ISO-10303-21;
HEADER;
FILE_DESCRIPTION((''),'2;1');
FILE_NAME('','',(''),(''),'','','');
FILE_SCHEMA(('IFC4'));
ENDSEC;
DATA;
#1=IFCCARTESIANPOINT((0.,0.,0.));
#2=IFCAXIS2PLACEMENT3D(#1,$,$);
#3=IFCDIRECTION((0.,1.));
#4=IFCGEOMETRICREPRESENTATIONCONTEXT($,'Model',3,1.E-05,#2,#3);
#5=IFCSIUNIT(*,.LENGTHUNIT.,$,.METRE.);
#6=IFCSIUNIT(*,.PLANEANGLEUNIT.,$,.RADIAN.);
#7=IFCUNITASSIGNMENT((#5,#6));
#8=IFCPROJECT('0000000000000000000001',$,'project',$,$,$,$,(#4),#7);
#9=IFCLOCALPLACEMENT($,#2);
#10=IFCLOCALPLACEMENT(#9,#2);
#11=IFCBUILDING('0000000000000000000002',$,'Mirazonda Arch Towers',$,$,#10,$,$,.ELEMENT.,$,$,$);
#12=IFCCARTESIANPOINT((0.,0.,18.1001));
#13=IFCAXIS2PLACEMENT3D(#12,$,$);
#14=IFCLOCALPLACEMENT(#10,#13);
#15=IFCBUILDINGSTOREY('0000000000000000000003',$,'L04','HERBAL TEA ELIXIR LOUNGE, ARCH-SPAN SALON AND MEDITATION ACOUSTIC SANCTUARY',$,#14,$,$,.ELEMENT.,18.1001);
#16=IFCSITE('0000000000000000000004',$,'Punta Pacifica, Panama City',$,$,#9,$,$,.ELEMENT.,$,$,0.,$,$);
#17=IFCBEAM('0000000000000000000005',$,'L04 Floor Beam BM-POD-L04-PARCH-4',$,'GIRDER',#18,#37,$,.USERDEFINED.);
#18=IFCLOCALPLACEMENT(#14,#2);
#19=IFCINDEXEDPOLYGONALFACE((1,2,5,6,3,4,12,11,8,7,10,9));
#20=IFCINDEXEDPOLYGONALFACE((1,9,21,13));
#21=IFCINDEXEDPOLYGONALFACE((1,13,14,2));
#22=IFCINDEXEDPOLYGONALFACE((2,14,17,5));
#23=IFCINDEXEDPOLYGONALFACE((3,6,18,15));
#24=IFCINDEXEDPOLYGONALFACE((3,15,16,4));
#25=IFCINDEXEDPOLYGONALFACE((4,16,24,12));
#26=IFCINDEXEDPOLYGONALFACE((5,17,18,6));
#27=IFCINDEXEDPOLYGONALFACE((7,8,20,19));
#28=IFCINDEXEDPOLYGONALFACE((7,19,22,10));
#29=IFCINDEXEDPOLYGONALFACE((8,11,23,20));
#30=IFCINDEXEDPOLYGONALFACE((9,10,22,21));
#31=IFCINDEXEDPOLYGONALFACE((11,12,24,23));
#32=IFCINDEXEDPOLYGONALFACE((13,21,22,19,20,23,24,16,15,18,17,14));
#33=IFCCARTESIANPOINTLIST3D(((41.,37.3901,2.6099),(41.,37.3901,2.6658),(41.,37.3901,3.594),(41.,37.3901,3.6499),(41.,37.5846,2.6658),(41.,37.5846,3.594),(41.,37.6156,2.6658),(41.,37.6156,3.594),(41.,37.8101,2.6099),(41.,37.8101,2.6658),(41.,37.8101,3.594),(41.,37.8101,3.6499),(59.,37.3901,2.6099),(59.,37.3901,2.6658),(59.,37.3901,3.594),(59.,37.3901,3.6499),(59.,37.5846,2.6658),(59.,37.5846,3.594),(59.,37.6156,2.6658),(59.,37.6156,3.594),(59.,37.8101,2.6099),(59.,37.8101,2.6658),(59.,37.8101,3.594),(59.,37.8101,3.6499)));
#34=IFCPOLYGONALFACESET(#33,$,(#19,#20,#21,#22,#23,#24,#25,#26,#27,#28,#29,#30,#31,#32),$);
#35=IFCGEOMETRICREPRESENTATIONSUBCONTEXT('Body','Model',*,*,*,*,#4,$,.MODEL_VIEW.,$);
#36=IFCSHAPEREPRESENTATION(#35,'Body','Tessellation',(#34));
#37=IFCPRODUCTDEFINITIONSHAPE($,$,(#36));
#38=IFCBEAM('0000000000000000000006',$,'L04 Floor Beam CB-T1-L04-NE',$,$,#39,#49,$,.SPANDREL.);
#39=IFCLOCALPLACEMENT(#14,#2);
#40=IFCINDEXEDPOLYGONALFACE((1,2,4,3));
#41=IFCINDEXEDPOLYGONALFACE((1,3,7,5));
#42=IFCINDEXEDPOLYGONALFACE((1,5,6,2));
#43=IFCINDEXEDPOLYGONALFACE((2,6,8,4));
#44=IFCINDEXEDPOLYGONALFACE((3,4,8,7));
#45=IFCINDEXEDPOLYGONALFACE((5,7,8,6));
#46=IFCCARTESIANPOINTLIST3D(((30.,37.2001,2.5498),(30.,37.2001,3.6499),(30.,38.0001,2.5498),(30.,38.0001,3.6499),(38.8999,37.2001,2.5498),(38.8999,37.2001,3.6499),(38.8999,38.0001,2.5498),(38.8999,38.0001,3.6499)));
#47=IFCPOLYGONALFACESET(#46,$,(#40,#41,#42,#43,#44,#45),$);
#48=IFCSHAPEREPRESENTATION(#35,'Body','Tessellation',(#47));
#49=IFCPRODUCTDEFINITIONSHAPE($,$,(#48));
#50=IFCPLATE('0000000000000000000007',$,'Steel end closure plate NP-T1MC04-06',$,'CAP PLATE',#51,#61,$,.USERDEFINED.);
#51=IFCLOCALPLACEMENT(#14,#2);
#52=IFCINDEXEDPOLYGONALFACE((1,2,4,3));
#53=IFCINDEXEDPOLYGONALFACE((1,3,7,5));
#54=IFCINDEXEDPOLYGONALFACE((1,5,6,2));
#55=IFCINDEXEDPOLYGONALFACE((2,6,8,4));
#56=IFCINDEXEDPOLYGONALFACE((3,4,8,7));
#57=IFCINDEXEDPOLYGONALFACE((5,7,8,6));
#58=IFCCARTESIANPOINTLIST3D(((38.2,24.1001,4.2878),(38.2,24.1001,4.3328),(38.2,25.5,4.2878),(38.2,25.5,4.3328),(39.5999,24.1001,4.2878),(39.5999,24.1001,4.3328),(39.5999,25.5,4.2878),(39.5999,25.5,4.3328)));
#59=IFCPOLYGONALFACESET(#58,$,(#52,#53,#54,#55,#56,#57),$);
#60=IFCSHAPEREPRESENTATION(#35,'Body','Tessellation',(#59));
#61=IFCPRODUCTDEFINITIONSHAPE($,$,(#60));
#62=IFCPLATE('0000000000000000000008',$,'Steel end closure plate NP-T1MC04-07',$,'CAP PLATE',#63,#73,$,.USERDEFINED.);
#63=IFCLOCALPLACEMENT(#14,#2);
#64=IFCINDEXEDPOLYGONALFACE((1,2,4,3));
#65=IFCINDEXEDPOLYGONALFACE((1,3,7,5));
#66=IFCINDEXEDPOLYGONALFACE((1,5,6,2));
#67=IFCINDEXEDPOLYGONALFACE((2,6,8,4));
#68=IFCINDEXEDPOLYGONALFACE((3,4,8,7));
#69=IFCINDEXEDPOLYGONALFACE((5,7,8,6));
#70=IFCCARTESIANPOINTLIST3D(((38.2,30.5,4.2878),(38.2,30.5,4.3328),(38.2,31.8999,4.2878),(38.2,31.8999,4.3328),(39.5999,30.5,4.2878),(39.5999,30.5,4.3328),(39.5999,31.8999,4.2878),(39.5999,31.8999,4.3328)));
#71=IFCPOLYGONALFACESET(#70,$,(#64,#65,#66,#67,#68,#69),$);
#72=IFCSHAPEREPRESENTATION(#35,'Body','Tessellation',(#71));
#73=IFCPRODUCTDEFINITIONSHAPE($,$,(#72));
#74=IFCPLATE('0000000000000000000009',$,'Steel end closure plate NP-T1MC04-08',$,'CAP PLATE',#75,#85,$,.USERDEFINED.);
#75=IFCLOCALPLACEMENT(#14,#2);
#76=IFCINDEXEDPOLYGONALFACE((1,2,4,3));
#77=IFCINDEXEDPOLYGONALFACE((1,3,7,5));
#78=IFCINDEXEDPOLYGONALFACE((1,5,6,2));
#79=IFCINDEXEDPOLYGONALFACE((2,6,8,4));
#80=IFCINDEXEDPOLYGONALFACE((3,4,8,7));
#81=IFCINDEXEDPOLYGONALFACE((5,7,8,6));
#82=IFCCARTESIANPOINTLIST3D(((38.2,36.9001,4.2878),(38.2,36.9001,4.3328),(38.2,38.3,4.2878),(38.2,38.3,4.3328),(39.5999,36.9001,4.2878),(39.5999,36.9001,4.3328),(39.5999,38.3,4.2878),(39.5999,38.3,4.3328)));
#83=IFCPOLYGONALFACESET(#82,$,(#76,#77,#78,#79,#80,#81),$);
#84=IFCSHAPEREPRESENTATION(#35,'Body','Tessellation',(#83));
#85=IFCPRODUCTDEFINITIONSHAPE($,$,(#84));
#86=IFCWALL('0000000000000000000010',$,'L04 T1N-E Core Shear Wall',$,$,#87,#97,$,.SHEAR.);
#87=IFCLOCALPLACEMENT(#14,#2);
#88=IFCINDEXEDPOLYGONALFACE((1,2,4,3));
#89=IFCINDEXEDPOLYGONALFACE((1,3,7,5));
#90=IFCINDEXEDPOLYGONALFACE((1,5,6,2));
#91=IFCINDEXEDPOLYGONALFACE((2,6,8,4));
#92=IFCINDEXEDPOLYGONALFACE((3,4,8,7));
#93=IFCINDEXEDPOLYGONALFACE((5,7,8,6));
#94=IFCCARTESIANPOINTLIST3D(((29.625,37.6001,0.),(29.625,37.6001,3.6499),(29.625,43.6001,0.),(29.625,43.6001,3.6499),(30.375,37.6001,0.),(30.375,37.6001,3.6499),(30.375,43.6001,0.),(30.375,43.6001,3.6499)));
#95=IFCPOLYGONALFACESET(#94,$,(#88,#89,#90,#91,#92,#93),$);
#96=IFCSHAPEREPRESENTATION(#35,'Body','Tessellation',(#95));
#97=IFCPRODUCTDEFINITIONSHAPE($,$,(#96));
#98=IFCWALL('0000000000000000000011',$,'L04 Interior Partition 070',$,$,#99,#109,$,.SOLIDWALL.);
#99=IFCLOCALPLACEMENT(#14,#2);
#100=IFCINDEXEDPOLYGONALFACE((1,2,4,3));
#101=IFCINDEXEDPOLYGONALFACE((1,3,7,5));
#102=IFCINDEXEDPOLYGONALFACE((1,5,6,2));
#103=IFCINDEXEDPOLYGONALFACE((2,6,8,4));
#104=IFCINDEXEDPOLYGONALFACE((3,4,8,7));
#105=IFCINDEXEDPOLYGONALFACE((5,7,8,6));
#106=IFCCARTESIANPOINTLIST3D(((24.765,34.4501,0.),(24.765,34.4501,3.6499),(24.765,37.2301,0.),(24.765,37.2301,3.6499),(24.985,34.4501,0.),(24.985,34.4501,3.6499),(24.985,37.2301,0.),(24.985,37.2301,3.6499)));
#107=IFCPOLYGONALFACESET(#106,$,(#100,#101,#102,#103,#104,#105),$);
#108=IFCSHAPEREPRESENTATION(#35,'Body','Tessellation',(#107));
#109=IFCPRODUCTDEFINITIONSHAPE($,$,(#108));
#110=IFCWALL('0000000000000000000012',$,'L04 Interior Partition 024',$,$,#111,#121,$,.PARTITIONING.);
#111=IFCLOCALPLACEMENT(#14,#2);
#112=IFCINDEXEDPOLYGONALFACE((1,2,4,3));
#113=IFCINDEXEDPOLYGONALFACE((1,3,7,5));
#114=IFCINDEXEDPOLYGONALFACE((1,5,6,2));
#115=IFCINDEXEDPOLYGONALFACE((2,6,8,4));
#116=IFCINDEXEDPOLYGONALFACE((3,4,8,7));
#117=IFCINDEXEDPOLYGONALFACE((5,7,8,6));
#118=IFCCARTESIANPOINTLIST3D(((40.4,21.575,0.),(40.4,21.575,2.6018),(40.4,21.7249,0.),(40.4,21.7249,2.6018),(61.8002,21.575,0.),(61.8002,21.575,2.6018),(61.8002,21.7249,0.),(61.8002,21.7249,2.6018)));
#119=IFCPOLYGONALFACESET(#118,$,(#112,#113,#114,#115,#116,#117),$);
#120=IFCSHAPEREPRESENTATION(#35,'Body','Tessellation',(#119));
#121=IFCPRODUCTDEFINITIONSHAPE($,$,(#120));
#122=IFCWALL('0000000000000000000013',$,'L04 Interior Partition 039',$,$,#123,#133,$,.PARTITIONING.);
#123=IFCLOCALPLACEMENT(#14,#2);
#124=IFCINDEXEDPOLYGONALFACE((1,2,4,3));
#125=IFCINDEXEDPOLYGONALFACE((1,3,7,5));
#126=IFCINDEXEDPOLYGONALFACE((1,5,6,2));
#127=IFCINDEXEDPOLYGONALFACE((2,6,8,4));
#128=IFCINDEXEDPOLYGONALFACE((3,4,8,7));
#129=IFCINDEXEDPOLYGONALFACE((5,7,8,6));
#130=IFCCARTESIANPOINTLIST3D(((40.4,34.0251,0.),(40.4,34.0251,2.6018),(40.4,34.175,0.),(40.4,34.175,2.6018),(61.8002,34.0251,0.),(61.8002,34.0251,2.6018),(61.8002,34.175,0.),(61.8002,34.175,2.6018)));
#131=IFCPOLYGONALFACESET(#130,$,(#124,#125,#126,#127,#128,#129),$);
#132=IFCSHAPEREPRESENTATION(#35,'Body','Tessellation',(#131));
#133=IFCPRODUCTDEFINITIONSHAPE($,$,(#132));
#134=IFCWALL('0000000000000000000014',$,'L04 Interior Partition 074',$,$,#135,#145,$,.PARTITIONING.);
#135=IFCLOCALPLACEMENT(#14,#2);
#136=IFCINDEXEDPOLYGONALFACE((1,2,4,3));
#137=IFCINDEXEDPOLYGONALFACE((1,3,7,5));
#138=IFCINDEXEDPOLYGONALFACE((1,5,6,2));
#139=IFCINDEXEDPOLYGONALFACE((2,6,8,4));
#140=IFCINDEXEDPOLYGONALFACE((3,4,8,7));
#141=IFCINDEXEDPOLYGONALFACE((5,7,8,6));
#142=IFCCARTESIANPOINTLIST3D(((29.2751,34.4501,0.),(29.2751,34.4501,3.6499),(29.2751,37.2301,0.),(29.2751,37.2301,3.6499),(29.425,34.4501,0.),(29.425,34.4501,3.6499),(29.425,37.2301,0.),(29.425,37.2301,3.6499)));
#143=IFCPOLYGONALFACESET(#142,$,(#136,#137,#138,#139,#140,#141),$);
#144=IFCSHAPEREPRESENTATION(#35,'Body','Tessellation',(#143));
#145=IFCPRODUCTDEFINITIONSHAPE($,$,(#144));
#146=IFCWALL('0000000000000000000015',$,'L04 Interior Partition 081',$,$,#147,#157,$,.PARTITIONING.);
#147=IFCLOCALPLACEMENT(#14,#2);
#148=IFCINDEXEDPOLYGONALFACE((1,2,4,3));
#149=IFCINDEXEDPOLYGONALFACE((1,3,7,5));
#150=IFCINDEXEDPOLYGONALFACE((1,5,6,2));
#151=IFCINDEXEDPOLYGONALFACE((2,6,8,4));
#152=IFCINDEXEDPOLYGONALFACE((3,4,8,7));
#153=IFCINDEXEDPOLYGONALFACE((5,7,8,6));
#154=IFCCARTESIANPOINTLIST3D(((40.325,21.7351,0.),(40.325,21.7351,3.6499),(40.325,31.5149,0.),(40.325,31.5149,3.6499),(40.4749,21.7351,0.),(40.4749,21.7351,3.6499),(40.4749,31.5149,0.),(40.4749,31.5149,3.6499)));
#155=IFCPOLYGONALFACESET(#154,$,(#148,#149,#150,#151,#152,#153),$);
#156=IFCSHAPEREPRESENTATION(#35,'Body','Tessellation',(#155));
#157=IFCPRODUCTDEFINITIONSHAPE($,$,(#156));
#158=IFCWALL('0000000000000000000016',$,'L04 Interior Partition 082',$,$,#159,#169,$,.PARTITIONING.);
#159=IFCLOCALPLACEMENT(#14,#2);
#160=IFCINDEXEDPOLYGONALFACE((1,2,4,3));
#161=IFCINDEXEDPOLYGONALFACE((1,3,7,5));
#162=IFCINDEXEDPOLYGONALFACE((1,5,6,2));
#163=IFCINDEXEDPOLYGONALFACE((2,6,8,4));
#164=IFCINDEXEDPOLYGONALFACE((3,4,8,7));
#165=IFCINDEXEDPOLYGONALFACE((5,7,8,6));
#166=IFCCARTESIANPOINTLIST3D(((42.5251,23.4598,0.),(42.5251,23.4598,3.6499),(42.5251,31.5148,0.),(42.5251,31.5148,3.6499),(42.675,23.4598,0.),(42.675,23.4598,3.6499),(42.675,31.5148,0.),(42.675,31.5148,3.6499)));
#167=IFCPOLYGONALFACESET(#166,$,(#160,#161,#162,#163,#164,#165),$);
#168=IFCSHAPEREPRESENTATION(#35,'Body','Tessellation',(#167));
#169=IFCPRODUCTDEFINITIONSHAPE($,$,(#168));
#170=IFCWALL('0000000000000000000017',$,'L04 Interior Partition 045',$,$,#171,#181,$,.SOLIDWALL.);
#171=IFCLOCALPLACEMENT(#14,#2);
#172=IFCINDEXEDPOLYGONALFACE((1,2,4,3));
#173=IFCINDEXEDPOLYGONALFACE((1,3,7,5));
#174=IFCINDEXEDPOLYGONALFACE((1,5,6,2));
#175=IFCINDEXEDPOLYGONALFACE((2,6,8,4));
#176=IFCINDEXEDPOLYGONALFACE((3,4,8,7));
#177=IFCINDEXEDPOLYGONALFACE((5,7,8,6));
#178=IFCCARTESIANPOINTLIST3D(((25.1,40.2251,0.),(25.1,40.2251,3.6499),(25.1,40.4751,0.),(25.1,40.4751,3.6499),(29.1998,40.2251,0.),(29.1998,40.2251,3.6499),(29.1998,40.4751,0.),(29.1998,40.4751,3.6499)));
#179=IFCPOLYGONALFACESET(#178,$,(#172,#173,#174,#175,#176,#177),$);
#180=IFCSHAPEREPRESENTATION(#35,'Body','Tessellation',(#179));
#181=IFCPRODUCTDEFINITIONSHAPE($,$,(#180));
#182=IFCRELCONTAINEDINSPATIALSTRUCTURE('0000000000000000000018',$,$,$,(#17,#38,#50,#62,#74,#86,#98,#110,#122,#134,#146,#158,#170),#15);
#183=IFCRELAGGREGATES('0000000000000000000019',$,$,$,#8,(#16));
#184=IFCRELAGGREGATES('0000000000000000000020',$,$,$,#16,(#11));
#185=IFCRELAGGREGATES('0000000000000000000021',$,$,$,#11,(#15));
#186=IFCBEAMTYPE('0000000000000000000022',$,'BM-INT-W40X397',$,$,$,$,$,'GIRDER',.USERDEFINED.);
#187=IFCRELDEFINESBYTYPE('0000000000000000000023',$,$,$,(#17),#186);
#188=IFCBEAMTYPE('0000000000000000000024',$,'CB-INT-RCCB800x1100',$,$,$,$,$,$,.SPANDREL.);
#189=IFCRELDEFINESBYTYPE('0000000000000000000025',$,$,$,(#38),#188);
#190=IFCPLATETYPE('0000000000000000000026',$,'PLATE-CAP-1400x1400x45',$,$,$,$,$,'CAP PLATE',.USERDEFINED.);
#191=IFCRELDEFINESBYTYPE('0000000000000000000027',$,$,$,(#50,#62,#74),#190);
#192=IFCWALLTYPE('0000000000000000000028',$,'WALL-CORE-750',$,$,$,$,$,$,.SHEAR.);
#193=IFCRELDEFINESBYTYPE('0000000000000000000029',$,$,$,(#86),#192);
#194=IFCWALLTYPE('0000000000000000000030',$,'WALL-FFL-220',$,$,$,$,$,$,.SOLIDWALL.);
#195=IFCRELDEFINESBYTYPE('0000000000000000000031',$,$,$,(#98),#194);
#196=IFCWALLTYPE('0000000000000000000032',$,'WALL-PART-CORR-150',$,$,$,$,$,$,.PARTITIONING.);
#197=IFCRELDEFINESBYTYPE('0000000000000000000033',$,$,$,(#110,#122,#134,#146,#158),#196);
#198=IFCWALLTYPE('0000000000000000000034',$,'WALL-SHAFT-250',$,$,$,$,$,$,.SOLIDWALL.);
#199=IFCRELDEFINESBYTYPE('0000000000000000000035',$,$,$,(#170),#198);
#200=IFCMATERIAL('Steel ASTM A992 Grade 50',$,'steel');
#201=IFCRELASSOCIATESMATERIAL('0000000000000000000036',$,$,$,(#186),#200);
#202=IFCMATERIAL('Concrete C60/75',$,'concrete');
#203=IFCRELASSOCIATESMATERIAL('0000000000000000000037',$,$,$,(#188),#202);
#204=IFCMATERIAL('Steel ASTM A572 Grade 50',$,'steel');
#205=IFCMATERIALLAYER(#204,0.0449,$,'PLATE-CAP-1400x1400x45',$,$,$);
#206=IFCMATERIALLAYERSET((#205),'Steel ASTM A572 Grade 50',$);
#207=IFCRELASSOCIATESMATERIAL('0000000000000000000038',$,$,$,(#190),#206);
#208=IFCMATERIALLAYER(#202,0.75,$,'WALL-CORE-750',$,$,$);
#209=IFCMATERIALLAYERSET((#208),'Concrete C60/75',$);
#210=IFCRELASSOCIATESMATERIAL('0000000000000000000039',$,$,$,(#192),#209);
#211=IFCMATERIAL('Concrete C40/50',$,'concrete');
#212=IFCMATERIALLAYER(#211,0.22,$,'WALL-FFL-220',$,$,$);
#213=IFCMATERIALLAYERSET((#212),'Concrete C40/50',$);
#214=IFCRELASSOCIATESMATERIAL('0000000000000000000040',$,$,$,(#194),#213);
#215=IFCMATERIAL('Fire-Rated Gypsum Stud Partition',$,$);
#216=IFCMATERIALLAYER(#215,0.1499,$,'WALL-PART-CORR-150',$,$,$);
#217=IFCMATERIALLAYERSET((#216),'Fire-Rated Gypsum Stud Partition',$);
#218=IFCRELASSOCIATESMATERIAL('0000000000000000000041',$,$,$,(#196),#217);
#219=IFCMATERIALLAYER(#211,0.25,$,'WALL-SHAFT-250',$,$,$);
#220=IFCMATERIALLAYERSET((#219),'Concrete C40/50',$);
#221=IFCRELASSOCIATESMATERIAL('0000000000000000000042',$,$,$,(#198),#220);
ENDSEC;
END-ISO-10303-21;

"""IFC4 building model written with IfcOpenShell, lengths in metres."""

from ifc_helpers import new_model, si_unit, direction, frame, frame_2d, origin, origin_2d, place, context, subcontext, project, spatial, rectangle, i_section, extrude, material, layer, layer_set, material_profile, profile_set, type_object, element, save


model = new_model("IFC4")

# Units and contexts
model_context = context("Model", 3, precision=1e-05, world=origin(), true_north=direction((0.0, 1.0)))
body_context = subcontext(model_context, "Body", "Model", "MODEL_VIEW")
ifc_project = project(units=[si_unit("LENGTHUNIT", "METRE"), si_unit("PLANEANGLEUNIT", "RADIAN")], contexts=[model_context])

# Site, building, storey
site_placement = place(None, origin())
site = spatial("IfcSite", under=ifc_project, at=site_placement, Name="Punta Pacifica, Panama City", CompositionType="ELEMENT", RefElevation=0.0)
building_placement = place(site_placement, origin())
building = spatial("IfcBuilding", under=site, at=building_placement, Name="Mirazonda Arch Towers", CompositionType="ELEMENT")
storey_placement = place(building_placement, frame((0.0, 0.0, 18.1001)))
storey = spatial("IfcBuildingStorey", under=building, at=storey_placement, Name="L04", Description="HERBAL TEA ELIXIR LOUNGE, ARCH-SPAN SALON AND MEDITATION ACOUSTIC SANCTUARY", CompositionType="ELEMENT", Elevation=18.1001)

# Shared definitions
ifc_material_1 = material(Name="Concrete C60/75", Category="concrete")
ifc_material_2 = material(Name="Steel ASTM A572 Grade 50", Category="steel")

# Beams
ifc_material_3 = material(Name="Steel ASTM A992 Grade 50", Category="steel")
ifc_material_profile_1 = material_profile(ifc_material_3, i_section(OverallWidth=0.4199, OverallDepth=1.04, WebThickness=0.031, FlangeThickness=0.0559, at=origin_2d()), Name="W40X397")
ifc_profile_set_1 = profile_set([ifc_material_profile_1], Name="Steel ASTM A992 Grade 50")
beam_type_1 = type_object("IfcBeamType", Name="BM-INT-W40X397", ElementType="GIRDER", PredefinedType="USERDEFINED", material=ifc_profile_set_1)
beam_1_placement = place(storey_placement, frame((41.0, 37.6001, 3.1299), z_axis=(1.0, 0.0, 0.0), x_axis=(0.0, 1.0, 0.0)))
element("IfcBeam", 1, at=beam_1_placement, inside=storey, type_object=beam_type_1, Name="L04 Floor Beam BM-POD-L04-PARCH-4", ObjectType="GIRDER", PredefinedType="USERDEFINED", context=body_context, shape_type="SweptSolid", body=[
    extrude(i_section(OverallWidth=0.4199, OverallDepth=1.04, WebThickness=0.031, FlangeThickness=0.0559, at=origin_2d()), origin(), (0.0, 0.0, 1.0), 18.0),
])
ifc_material_profile_2 = material_profile(ifc_material_1, rectangle(XDim=0.8, YDim=1.1001, at=origin_2d()), Name="RCCB800x1100")
ifc_profile_set_2 = profile_set([ifc_material_profile_2], Name="Concrete C60/75")
beam_type_2 = type_object("IfcBeamType", Name="CB-INT-RCCB800x1100", PredefinedType="SPANDREL", material=ifc_profile_set_2)
beam_2_placement = place(storey_placement, frame((30.0, 37.6001, 3.0999), z_axis=(1.0, 0.0, 0.0), x_axis=(0.0, 1.0, 0.0)))
element("IfcBeam", 2, at=beam_2_placement, inside=storey, type_object=beam_type_2, Name="L04 Floor Beam CB-T1-L04-NE", PredefinedType="SPANDREL", context=body_context, shape_type="SweptSolid", body=[
    extrude(rectangle(XDim=0.8, YDim=1.1001, at=origin_2d()), origin(), (0.0, 0.0, 1.0), 8.8999),
])

# Plates
ifc_layer_1 = layer(ifc_material_2, 0.0449, Name="PLATE-CAP-1400x1400x45")
ifc_layer_set_1 = layer_set([ifc_layer_1], Name="Steel ASTM A572 Grade 50")
plate_type = type_object("IfcPlateType", Name="PLATE-CAP-1400x1400x45", ElementType="CAP PLATE", PredefinedType="USERDEFINED", material=ifc_layer_set_1)
for number, where, z_axis, x_axis, name in (
    (3, (38.8999, 24.8, 4.2878), (0.0, 0.0, 1.0), (1.0, 0.0, 0.0), "Steel end closure plate NP-T1MC04-06"),
    (4, (38.8999, 31.2, 4.2878), (0.0, 0.0, 1.0), (1.0, 0.0, 0.0), "Steel end closure plate NP-T1MC04-07"),
    (5, (38.8999, 37.6001, 4.2878), (0.0, 0.0, 1.0), (1.0, 0.0, 0.0), "Steel end closure plate NP-T1MC04-08"),
):
    element("IfcPlate", number, at=place(storey_placement, frame(where, z_axis=z_axis, x_axis=x_axis)), inside=storey, type_object=plate_type, Name=name, ObjectType="CAP PLATE", PredefinedType="USERDEFINED", context=body_context, shape_type="SweptSolid", body=[
        extrude(rectangle(XDim=1.3999, YDim=1.3999, at=origin_2d()), origin(), (0.0, 0.0, 1.0), 0.0449),
    ])

# Walls
ifc_layer_2 = layer(ifc_material_1, 0.75, Name="WALL-CORE-750")
ifc_layer_set_2 = layer_set([ifc_layer_2], Name="Concrete C60/75")
wall_type_1 = type_object("IfcWallType", Name="WALL-CORE-750", PredefinedType="SHEAR", material=ifc_layer_set_2)
wall_1_placement = place(storey_placement, frame((30.0, 37.6001, 0.0), z_axis=(0.0, 0.0, 1.0), x_axis=(0.0, 1.0, 0.0)))
element("IfcWall", 6, at=wall_1_placement, inside=storey, type_object=wall_type_1, Name="L04 T1N-E Core Shear Wall", PredefinedType="SHEAR", context=body_context, shape_type="SweptSolid", body=[
    extrude(rectangle(XDim=6.0, YDim=0.75, at=frame_2d((3.0, 0.0))), origin(), (0.0, 0.0, 1.0), 3.6499),
])
ifc_material_4 = material(Name="Concrete C40/50", Category="concrete")
ifc_layer_3 = layer(ifc_material_4, 0.22, Name="WALL-FFL-220")
ifc_layer_set_3 = layer_set([ifc_layer_3], Name="Concrete C40/50")
wall_type_2 = type_object("IfcWallType", Name="WALL-FFL-220", PredefinedType="SOLIDWALL", material=ifc_layer_set_3)
wall_2_placement = place(storey_placement, frame((24.875, 34.45, 0.0), z_axis=(0.0, 0.0, 1.0), x_axis=(0.0, 1.0, 0.0)))
element("IfcWall", 7, at=wall_2_placement, inside=storey, type_object=wall_type_2, Name="L04 Interior Partition 070", PredefinedType="SOLIDWALL", context=body_context, shape_type="SweptSolid", body=[
    extrude(rectangle(XDim=2.78, YDim=0.22, at=frame_2d((1.3901, 0.0))), origin(), (0.0, 0.0, 1.0), 3.6499),
])
ifc_material_5 = material(Name="Fire-Rated Gypsum Stud Partition")
ifc_layer_4 = layer(ifc_material_5, 0.1499, Name="WALL-PART-CORR-150")
ifc_layer_set_4 = layer_set([ifc_layer_4], Name="Fire-Rated Gypsum Stud Partition")
wall_type_3 = type_object("IfcWallType", Name="WALL-PART-CORR-150", PredefinedType="PARTITIONING", material=ifc_layer_set_4)
for number, where, z_axis, x_axis, name in (
    (8, (40.3999, 21.6499, 0.0), (0.0, 0.0, 1.0), (1.0, 0.0, 0.0), "L04 Interior Partition 024"),
    (9, (40.3999, 34.1001, 0.0), (0.0, 0.0, 1.0), (1.0, 0.0, 0.0), "L04 Interior Partition 039"),
):
    element("IfcWall", number, at=place(storey_placement, frame(where, z_axis=z_axis, x_axis=x_axis)), inside=storey, type_object=wall_type_3, Name=name, PredefinedType="PARTITIONING", context=body_context, shape_type="SweptSolid", body=[
        extrude(rectangle(XDim=21.4001, YDim=0.1499, at=frame_2d((10.7002, 0.0))), origin(), (0.0, 0.0, 1.0), 2.6018),
    ])
wall_3_placement = place(storey_placement, frame((29.3501, 34.45, 0.0), z_axis=(0.0, 0.0, 1.0), x_axis=(0.0, 1.0, 0.0)))
element("IfcWall", 10, at=wall_3_placement, inside=storey, type_object=wall_type_3, Name="L04 Interior Partition 074", PredefinedType="PARTITIONING", context=body_context, shape_type="SweptSolid", body=[
    extrude(rectangle(XDim=2.78, YDim=0.1499, at=frame_2d((1.3901, 0.0))), origin(), (0.0, 0.0, 1.0), 3.6499),
])
wall_4_placement = place(storey_placement, frame((40.3999, 21.7351, 0.0), z_axis=(0.0, 0.0, 1.0), x_axis=(0.0, 1.0, 0.0)))
element("IfcWall", 11, at=wall_4_placement, inside=storey, type_object=wall_type_3, Name="L04 Interior Partition 081", PredefinedType="PARTITIONING", context=body_context, shape_type="SweptSolid", body=[
    extrude(rectangle(XDim=9.7798, YDim=0.1499, at=frame_2d((4.8899, 0.0))), origin(), (0.0, 0.0, 1.0), 3.6499),
])
wall_5_placement = place(storey_placement, frame((42.6001, 23.46, 0.0), z_axis=(0.0, 0.0, 1.0), x_axis=(0.0, 1.0, 0.0)))
element("IfcWall", 12, at=wall_5_placement, inside=storey, type_object=wall_type_3, Name="L04 Interior Partition 082", PredefinedType="PARTITIONING", context=body_context, shape_type="SweptSolid", body=[
    extrude(rectangle(XDim=8.0549, YDim=0.1499, at=frame_2d((4.0273, 0.0))), origin(), (0.0, 0.0, 1.0), 3.6499),
])
ifc_layer_5 = layer(ifc_material_4, 0.25, Name="WALL-SHAFT-250")
ifc_layer_set_5 = layer_set([ifc_layer_5], Name="Concrete C40/50")
wall_type_4 = type_object("IfcWallType", Name="WALL-SHAFT-250", PredefinedType="SOLIDWALL", material=ifc_layer_set_5)
wall_6_placement = place(storey_placement, frame((25.1001, 40.3501, 0.0), z_axis=(0.0, 0.0, 1.0), x_axis=(1.0, 0.0, 0.0)))
element("IfcWall", 13, at=wall_6_placement, inside=storey, type_object=wall_type_4, Name="L04 Interior Partition 045", PredefinedType="SOLIDWALL", context=body_context, shape_type="SweptSolid", body=[
    extrude(rectangle(XDim=4.0999, YDim=0.25, at=frame_2d((2.0498, 0.0))), origin(), (0.0, 0.0, 1.0), 3.6499),
])

save(model, "model.ifc")
